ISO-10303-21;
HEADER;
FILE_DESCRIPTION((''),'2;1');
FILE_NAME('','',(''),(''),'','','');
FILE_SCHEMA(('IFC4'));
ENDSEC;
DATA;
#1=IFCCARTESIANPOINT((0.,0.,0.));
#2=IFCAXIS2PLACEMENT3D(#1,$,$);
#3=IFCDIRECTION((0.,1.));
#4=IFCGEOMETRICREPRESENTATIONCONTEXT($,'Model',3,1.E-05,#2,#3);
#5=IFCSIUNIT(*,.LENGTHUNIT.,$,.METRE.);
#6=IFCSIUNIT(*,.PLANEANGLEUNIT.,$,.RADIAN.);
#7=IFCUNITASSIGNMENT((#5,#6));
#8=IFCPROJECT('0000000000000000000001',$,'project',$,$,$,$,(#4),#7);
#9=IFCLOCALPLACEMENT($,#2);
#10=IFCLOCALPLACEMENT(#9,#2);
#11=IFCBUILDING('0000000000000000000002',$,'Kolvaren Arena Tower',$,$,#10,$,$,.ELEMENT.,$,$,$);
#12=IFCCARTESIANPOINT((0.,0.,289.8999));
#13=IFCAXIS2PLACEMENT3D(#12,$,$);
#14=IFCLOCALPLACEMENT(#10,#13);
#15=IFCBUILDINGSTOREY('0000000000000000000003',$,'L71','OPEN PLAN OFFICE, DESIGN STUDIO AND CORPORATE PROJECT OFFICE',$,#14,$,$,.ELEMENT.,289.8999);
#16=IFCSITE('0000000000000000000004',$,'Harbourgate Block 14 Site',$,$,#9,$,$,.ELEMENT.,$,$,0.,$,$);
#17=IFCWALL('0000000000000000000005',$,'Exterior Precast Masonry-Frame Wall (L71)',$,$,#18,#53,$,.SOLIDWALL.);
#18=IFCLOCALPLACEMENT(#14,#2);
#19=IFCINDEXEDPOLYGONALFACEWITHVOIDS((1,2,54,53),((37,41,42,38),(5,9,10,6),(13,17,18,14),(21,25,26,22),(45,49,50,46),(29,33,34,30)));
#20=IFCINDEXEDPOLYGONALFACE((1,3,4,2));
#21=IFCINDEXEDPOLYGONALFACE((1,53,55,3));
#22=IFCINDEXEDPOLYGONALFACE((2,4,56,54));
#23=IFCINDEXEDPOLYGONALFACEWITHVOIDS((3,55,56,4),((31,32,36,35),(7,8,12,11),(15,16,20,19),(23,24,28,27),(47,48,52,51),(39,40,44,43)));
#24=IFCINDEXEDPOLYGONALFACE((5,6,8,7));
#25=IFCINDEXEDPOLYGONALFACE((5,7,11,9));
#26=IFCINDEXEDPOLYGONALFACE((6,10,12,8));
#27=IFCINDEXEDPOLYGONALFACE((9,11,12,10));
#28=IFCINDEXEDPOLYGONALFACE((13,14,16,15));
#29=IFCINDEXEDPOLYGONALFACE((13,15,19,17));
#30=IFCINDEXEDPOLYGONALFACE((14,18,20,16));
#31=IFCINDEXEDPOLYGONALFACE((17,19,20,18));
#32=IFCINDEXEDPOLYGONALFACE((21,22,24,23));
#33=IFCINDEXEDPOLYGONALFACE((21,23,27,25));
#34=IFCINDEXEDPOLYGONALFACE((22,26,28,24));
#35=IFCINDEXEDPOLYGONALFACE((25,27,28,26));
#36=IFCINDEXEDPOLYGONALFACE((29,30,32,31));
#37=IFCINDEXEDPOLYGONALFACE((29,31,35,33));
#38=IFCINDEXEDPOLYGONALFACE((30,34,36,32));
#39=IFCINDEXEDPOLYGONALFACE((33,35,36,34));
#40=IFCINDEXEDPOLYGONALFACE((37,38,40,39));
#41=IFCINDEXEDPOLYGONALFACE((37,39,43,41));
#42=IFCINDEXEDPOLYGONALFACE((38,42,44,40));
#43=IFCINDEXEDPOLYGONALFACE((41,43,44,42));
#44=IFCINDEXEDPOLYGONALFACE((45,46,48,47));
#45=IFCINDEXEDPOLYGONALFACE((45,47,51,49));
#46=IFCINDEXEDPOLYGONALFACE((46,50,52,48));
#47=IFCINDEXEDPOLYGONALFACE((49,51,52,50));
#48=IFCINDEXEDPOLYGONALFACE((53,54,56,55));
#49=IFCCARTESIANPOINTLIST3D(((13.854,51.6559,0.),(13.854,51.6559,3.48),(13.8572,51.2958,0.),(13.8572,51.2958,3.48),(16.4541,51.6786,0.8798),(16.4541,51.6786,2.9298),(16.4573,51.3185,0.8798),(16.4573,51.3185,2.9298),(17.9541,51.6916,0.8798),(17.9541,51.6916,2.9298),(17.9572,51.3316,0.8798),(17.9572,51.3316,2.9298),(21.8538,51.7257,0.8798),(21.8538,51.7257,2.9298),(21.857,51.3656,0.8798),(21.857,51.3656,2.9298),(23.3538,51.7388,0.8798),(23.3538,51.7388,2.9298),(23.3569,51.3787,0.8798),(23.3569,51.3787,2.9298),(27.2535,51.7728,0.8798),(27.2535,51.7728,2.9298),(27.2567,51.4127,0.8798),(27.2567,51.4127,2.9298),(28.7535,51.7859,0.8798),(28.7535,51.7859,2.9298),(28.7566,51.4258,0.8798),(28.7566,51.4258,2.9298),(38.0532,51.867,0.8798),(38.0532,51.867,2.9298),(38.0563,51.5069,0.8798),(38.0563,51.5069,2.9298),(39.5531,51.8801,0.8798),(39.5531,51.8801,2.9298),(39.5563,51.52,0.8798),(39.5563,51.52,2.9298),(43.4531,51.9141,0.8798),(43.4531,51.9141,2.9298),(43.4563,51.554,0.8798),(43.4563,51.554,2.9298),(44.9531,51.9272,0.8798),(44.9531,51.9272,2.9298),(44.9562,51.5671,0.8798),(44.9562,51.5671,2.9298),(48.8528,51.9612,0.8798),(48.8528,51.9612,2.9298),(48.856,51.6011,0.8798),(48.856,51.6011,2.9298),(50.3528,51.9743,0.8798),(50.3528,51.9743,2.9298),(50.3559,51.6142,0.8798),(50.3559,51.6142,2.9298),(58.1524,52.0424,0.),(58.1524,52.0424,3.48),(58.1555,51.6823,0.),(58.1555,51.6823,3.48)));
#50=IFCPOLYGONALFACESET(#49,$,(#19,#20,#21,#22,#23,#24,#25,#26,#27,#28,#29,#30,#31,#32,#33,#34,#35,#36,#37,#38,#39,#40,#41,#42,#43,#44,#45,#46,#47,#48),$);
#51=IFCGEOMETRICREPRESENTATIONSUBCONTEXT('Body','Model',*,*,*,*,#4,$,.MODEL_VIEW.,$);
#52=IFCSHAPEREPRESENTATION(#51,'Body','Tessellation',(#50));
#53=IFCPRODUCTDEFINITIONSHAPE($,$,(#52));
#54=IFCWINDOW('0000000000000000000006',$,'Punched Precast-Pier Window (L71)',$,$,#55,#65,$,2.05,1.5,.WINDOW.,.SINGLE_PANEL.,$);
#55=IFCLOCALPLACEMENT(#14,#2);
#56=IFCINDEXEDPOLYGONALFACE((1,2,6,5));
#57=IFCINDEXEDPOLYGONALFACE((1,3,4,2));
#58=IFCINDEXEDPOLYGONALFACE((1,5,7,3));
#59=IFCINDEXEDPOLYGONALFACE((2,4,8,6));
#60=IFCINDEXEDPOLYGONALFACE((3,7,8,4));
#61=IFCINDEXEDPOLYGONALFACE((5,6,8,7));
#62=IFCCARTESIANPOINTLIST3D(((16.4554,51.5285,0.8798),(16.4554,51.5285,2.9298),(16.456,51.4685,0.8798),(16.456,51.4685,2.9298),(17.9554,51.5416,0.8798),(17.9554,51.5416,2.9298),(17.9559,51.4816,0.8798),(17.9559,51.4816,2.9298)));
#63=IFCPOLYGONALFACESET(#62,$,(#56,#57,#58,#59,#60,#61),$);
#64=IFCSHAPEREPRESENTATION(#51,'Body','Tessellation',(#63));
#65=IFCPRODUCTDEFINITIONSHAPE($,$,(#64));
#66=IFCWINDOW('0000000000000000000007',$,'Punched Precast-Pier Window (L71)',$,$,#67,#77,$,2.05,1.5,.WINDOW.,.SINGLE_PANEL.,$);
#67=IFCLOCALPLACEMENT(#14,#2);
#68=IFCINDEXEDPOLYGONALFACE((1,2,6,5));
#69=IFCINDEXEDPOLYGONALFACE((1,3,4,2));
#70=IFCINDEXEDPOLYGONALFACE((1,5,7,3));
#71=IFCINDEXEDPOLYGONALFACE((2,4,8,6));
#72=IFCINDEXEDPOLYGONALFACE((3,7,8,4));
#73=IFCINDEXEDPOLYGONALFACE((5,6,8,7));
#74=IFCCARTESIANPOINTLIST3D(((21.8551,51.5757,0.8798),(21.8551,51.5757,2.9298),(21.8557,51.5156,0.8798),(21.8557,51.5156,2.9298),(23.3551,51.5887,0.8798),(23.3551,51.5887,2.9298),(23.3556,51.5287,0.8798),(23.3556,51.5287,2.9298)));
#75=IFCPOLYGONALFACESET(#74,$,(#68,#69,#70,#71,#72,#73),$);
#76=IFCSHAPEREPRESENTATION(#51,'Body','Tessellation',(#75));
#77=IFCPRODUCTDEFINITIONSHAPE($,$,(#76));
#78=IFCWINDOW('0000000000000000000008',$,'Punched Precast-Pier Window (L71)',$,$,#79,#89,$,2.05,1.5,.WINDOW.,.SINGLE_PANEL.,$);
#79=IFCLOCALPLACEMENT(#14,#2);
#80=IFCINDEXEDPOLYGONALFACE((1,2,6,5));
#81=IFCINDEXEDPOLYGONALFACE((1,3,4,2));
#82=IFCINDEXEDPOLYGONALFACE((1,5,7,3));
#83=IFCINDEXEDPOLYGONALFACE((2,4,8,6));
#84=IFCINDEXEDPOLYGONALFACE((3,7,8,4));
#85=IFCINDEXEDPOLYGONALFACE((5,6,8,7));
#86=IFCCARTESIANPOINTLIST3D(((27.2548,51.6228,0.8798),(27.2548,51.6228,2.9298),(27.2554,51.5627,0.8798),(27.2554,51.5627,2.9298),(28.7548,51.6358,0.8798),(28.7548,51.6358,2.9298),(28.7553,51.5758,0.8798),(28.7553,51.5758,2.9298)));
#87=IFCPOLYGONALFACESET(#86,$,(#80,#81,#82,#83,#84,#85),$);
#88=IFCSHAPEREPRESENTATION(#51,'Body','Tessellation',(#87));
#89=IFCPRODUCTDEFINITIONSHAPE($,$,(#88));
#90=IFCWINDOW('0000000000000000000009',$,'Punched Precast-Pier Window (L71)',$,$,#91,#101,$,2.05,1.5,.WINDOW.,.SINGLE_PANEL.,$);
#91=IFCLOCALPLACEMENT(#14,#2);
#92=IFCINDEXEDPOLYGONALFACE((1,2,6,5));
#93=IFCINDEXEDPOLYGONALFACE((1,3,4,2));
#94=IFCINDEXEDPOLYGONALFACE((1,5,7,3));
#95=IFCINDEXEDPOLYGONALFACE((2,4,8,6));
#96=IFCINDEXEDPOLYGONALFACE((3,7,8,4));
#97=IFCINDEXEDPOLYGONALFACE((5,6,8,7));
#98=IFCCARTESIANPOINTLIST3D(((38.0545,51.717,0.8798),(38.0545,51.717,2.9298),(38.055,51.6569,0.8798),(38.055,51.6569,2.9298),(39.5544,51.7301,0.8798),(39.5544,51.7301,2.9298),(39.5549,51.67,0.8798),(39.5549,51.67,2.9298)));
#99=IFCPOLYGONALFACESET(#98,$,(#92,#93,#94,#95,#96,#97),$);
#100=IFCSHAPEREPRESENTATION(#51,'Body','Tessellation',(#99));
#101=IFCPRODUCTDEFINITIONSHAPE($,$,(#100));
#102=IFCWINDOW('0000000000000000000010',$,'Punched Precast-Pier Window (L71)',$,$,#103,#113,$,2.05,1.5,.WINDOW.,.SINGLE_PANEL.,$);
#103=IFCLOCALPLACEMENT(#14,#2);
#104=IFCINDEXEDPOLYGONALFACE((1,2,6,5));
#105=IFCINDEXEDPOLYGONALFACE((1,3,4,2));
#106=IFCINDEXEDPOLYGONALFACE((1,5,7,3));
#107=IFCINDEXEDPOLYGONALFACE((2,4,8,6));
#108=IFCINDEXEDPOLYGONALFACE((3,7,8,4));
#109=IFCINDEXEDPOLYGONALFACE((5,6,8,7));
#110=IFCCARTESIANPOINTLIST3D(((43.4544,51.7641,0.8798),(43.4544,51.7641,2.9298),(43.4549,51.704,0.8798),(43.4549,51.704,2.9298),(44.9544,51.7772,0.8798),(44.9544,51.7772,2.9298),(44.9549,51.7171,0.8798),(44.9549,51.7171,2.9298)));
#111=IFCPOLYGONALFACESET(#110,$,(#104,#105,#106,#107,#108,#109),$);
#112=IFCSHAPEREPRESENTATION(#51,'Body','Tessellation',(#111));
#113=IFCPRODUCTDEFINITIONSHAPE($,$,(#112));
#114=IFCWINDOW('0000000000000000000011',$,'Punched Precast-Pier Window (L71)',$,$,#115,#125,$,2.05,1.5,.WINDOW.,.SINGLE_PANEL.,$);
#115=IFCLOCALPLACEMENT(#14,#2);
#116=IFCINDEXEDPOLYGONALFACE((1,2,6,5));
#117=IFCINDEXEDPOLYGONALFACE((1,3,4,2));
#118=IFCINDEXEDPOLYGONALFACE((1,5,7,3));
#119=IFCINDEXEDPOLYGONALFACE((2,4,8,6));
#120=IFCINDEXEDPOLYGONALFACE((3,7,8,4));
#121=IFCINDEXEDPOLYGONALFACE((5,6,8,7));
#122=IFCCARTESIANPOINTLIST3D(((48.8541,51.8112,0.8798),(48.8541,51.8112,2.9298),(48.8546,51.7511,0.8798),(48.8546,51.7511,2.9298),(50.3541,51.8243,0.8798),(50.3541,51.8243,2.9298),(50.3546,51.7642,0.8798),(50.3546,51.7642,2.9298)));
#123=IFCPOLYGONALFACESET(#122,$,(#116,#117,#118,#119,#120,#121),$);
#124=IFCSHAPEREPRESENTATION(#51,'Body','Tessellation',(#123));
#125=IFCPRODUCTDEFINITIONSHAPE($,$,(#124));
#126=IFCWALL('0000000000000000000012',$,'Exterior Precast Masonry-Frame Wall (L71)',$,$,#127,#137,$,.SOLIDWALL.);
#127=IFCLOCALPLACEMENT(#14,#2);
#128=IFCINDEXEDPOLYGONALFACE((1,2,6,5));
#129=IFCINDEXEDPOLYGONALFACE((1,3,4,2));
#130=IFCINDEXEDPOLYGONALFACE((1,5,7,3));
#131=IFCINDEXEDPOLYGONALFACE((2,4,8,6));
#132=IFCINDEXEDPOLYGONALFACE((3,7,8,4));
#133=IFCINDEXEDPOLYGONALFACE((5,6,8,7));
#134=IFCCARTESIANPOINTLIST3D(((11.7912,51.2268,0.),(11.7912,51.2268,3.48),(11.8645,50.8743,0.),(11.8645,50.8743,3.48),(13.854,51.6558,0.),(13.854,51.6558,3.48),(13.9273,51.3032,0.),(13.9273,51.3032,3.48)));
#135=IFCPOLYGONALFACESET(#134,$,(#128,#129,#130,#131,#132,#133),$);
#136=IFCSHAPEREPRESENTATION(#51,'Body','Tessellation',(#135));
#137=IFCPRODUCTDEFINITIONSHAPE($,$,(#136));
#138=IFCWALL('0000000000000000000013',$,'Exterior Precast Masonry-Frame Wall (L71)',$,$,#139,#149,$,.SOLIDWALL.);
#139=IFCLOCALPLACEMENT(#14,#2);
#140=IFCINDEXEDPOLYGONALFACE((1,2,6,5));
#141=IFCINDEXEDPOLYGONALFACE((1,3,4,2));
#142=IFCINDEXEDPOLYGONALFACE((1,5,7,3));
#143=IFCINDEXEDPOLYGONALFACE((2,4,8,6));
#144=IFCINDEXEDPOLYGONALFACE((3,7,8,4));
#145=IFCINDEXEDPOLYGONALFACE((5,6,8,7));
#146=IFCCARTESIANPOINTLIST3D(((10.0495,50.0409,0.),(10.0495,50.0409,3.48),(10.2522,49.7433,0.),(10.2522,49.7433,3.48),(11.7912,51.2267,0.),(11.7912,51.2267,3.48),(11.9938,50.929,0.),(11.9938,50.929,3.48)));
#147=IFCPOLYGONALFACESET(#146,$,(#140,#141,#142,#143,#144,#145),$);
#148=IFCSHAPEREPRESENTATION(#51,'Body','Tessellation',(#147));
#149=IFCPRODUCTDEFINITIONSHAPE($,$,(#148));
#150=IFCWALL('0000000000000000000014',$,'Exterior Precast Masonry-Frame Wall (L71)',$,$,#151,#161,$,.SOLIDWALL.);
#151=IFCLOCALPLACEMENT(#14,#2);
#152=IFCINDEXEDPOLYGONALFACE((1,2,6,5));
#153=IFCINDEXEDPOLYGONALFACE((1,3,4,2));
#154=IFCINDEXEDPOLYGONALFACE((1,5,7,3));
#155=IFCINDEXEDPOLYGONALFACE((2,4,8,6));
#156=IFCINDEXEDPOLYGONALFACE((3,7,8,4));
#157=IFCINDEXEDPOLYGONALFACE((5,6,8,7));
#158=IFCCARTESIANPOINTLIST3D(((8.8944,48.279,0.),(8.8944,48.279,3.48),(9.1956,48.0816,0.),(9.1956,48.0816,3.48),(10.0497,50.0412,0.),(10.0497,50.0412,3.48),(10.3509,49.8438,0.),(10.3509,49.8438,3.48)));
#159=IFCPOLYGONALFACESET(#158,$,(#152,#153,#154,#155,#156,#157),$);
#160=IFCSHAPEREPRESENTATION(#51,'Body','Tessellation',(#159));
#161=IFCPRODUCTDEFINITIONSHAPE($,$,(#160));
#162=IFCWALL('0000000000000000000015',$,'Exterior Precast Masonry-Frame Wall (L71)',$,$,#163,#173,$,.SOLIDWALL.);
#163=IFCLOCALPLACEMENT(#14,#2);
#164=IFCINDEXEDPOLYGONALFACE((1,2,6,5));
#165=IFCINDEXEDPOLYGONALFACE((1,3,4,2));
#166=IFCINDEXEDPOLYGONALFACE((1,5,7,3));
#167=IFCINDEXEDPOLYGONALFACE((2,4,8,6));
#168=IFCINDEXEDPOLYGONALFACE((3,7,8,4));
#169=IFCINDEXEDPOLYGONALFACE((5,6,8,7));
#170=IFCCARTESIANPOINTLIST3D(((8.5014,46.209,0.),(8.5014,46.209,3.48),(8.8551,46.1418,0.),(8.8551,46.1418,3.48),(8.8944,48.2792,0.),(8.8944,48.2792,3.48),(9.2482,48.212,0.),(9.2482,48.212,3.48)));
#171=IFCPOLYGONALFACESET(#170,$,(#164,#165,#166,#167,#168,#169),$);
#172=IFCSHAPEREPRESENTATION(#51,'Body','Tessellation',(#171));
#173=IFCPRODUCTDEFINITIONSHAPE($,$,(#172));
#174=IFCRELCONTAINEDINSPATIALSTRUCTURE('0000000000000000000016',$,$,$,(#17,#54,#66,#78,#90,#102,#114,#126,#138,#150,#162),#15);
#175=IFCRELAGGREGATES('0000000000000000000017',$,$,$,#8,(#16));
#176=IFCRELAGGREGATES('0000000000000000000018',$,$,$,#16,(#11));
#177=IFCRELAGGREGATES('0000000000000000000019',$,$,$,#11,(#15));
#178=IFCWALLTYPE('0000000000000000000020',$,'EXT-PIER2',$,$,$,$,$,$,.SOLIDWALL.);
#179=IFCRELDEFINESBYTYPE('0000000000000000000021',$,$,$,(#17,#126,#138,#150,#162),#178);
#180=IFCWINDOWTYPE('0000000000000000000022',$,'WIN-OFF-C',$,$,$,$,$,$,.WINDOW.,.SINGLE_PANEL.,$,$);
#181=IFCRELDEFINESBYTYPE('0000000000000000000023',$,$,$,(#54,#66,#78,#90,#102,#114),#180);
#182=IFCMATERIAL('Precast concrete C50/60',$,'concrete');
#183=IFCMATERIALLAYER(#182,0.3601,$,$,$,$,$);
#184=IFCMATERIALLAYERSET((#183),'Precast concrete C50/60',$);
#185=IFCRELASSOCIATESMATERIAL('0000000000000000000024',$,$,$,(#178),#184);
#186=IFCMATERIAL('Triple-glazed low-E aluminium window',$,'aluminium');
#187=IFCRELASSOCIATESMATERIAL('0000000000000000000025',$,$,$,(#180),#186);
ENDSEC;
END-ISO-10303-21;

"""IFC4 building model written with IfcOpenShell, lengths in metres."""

from ifc_helpers import new_model, si_unit, direction, frame, frame_2d, origin, place, context, subcontext, project, spatial, rectangle, extrude, material, layer, layer_set, type_object, element, fill, save


model = new_model("IFC4")

# Units and contexts
model_context = context("Model", 3, precision=1e-05, world=origin(), true_north=direction((0.0, 1.0)))
body_context = subcontext(model_context, "Body", "Model", "MODEL_VIEW")
ifc_project = project(units=[si_unit("LENGTHUNIT", "METRE"), si_unit("PLANEANGLEUNIT", "RADIAN")], contexts=[model_context])

# Site, building, storey
site_placement = place(None, origin())
site = spatial("IfcSite", under=ifc_project, at=site_placement, Name="Harbourgate Block 14 Site", CompositionType="ELEMENT", RefElevation=0.0)
building_placement = place(site_placement, origin())
building = spatial("IfcBuilding", under=site, at=building_placement, Name="Kolvaren Arena Tower", CompositionType="ELEMENT")
storey_placement = place(building_placement, frame((0.0, 0.0, 289.8999)))
storey = spatial("IfcBuildingStorey", under=building, at=storey_placement, Name="L71", Description="OPEN PLAN OFFICE, DESIGN STUDIO AND CORPORATE PROJECT OFFICE", CompositionType="ELEMENT", Elevation=289.8999)

# Shared definitions
ifc_material_1 = material(Name="Precast concrete C50/60", Category="concrete")

# Wall, openings, windows
ifc_layer = layer(ifc_material_1, 0.3601)
ifc_layer_set = layer_set([ifc_layer], Name="Precast concrete C50/60")
wall_type = type_object("IfcWallType", Name="EXT-PIER2", PredefinedType="SOLIDWALL", material=ifc_layer_set)
wall_placement = place(storey_placement, frame((13.8557, 51.4758, 0.0), z_axis=(0.0, 0.0, 1.0), x_axis=(0.999962, 0.008724, 0.0)))
wall = element("IfcWall", 1, at=wall_placement, inside=storey, type_object=wall_type, Name="Exterior Precast Masonry-Frame Wall (L71)", PredefinedType="SOLIDWALL", context=body_context, shape_type="SweptSolid", body=[
    extrude(rectangle(XDim=44.3, YDim=0.3601, at=frame_2d((22.1499, 0.0))), origin(), (0.0, 0.0, 1.0), 3.48),
])
opening_1_placement = place(wall_placement, frame((2.6001, 0.0, 0.8799)))
opening_1 = element("IfcOpeningElement", 2, at=opening_1_placement, cuts=wall, PredefinedType="OPENING", context=body_context, shape_type="SweptSolid", body=[
    extrude(rectangle(XDim=1.5, YDim=2.05, at=frame_2d((0.75, 1.0249))), frame((0.0, 0.1899, 0.0), z_axis=(0.0, -1.0, 0.0), x_axis=(1.0, 0.0, 0.0)), (0.0, 0.0, 1.0), 0.3801),
])
opening_2_placement = place(wall_placement, frame((8.0, 0.0, 0.8799)))
opening_2 = element("IfcOpeningElement", 3, at=opening_2_placement, cuts=wall, PredefinedType="OPENING", context=body_context, shape_type="SweptSolid", body=[
    extrude(rectangle(XDim=1.5, YDim=2.05, at=frame_2d((0.75, 1.0249))), frame((0.0, 0.1899, 0.0), z_axis=(0.0, -1.0, 0.0), x_axis=(1.0, 0.0, 0.0)), (0.0, 0.0, 1.0), 0.3801),
])
opening_3_placement = place(wall_placement, frame((13.3999, 0.0, 0.8799)))
opening_3 = element("IfcOpeningElement", 4, at=opening_3_placement, cuts=wall, PredefinedType="OPENING", context=body_context, shape_type="SweptSolid", body=[
    extrude(rectangle(XDim=1.5, YDim=2.05, at=frame_2d((0.75, 1.0249))), frame((0.0, 0.1899, 0.0), z_axis=(0.0, -1.0, 0.0), x_axis=(1.0, 0.0, 0.0)), (0.0, 0.0, 1.0), 0.3801),
])
opening_4_placement = place(wall_placement, frame((24.2, 0.0, 0.8799)))
opening_4 = element("IfcOpeningElement", 5, at=opening_4_placement, cuts=wall, PredefinedType="OPENING", context=body_context, shape_type="SweptSolid", body=[
    extrude(rectangle(XDim=1.5, YDim=2.05, at=frame_2d((0.75, 1.0249))), frame((0.0, 0.1899, 0.0), z_axis=(0.0, -1.0, 0.0), x_axis=(1.0, 0.0, 0.0)), (0.0, 0.0, 1.0), 0.3801),
])
opening_5_placement = place(wall_placement, frame((29.6001, 0.0, 0.8799)))
opening_5 = element("IfcOpeningElement", 6, at=opening_5_placement, cuts=wall, PredefinedType="OPENING", context=body_context, shape_type="SweptSolid", body=[
    extrude(rectangle(XDim=1.5, YDim=2.05, at=frame_2d((0.75, 1.0249))), frame((0.0, 0.1899, 0.0), z_axis=(0.0, -1.0, 0.0), x_axis=(1.0, 0.0, 0.0)), (0.0, 0.0, 1.0), 0.3801),
])
opening_6_placement = place(wall_placement, frame((35.0, 0.0, 0.8799)))
opening_6 = element("IfcOpeningElement", 7, at=opening_6_placement, cuts=wall, PredefinedType="OPENING", context=body_context, shape_type="SweptSolid", body=[
    extrude(rectangle(XDim=1.5, YDim=2.05, at=frame_2d((0.75, 1.0249))), frame((0.0, 0.1899, 0.0), z_axis=(0.0, -1.0, 0.0), x_axis=(1.0, 0.0, 0.0)), (0.0, 0.0, 1.0), 0.3801),
])
ifc_material_2 = material(Name="Triple-glazed low-E aluminium window", Category="aluminium")
window_type = type_object("IfcWindowType", Name="WIN-OFF-C", PartitioningType="SINGLE_PANEL", PredefinedType="WINDOW", material=ifc_material_2)
window_1_placement = place(opening_1_placement, origin())
window_1 = element("IfcWindow", 8, at=window_1_placement, inside=storey, type_object=window_type, Name="Punched Precast-Pier Window (L71)", OverallHeight=2.05, OverallWidth=1.5, PartitioningType="SINGLE_PANEL", PredefinedType="WINDOW", context=body_context, shape_type="SweptSolid", body=[
    extrude(rectangle(XDim=1.5, YDim=2.05, at=frame_2d((0.75, 1.0249))), frame((0.0, 0.03, 0.0), z_axis=(0.0, -1.0, 0.0), x_axis=(1.0, 0.0, 0.0)), (0.0, 0.0, 1.0), 0.0601),
])
fill(opening_1, window_1)
window_2_placement = place(opening_2_placement, origin())
window_2 = element("IfcWindow", 9, at=window_2_placement, inside=storey, type_object=window_type, Name="Punched Precast-Pier Window (L71)", OverallHeight=2.05, OverallWidth=1.5, PartitioningType="SINGLE_PANEL", PredefinedType="WINDOW", context=body_context, shape_type="SweptSolid", body=[
    extrude(rectangle(XDim=1.5, YDim=2.05, at=frame_2d((0.75, 1.0249))), frame((0.0, 0.03, 0.0), z_axis=(0.0, -1.0, 0.0), x_axis=(1.0, 0.0, 0.0)), (0.0, 0.0, 1.0), 0.0601),
])
fill(opening_2, window_2)
window_3_placement = place(opening_3_placement, origin())
window_3 = element("IfcWindow", 10, at=window_3_placement, inside=storey, type_object=window_type, Name="Punched Precast-Pier Window (L71)", OverallHeight=2.05, OverallWidth=1.5, PartitioningType="SINGLE_PANEL", PredefinedType="WINDOW", context=body_context, shape_type="SweptSolid", body=[
    extrude(rectangle(XDim=1.5, YDim=2.05, at=frame_2d((0.75, 1.0249))), frame((0.0, 0.03, 0.0), z_axis=(0.0, -1.0, 0.0), x_axis=(1.0, 0.0, 0.0)), (0.0, 0.0, 1.0), 0.0601),
])
fill(opening_3, window_3)
window_4_placement = place(opening_4_placement, origin())
window_4 = element("IfcWindow", 11, at=window_4_placement, inside=storey, type_object=window_type, Name="Punched Precast-Pier Window (L71)", OverallHeight=2.05, OverallWidth=1.5, PartitioningType="SINGLE_PANEL", PredefinedType="WINDOW", context=body_context, shape_type="SweptSolid", body=[
    extrude(rectangle(XDim=1.5, YDim=2.05, at=frame_2d((0.75, 1.0249))), frame((0.0, 0.03, 0.0), z_axis=(0.0, -1.0, 0.0), x_axis=(1.0, 0.0, 0.0)), (0.0, 0.0, 1.0), 0.0601),
])
fill(opening_4, window_4)
window_5_placement = place(opening_5_placement, origin())
window_5 = element("IfcWindow", 12, at=window_5_placement, inside=storey, type_object=window_type, Name="Punched Precast-Pier Window (L71)", OverallHeight=2.05, OverallWidth=1.5, PartitioningType="SINGLE_PANEL", PredefinedType="WINDOW", context=body_context, shape_type="SweptSolid", body=[
    extrude(rectangle(XDim=1.5, YDim=2.05, at=frame_2d((0.75, 1.0249))), frame((0.0, 0.03, 0.0), z_axis=(0.0, -1.0, 0.0), x_axis=(1.0, 0.0, 0.0)), (0.0, 0.0, 1.0), 0.0601),
])
fill(opening_5, window_5)
window_6_placement = place(opening_6_placement, origin())
window_6 = element("IfcWindow", 13, at=window_6_placement, inside=storey, type_object=window_type, Name="Punched Precast-Pier Window (L71)", OverallHeight=2.05, OverallWidth=1.5, PartitioningType="SINGLE_PANEL", PredefinedType="WINDOW", context=body_context, shape_type="SweptSolid", body=[
    extrude(rectangle(XDim=1.5, YDim=2.05, at=frame_2d((0.75, 1.0249))), frame((0.0, 0.03, 0.0), z_axis=(0.0, -1.0, 0.0), x_axis=(1.0, 0.0, 0.0)), (0.0, 0.0, 1.0), 0.0601),
])
fill(opening_6, window_6)

# Walls
for number, where, z_axis, x_axis, name in (
    (14, (11.8279, 51.0505, 0.0), (0.0, 0.0, 1.0), (0.979055, 0.203598, 0.0), "Exterior Precast Masonry-Frame Wall (L71)"),
    (15, (10.1509, 49.8921, 0.0), (0.0, 0.0, 1.0), (0.82661, 0.562776, 0.0), "Exterior Precast Masonry-Frame Wall (L71)"),
):
    element("IfcWall", number, at=place(storey_placement, frame(where, z_axis=z_axis, x_axis=x_axis)), inside=storey, type_object=wall_type, Name=name, PredefinedType="SOLIDWALL", context=body_context, shape_type="SweptSolid", body=[
        extrude(rectangle(XDim=2.1069, YDim=0.3601, at=frame_2d((1.0535, 0.0))), origin(), (0.0, 0.0, 1.0), 3.48),
    ])
for number, where, z_axis, x_axis, name in (
    (16, (9.0449, 48.1802, 0.0), (0.0, 0.0, 1.0), (0.548267, 0.836304, 0.0), "Exterior Precast Masonry-Frame Wall (L71)"),
    (17, (8.6782, 46.1753, 0.0), (0.0, 0.0, 1.0), (0.186548, 0.982446, 0.0), "Exterior Precast Masonry-Frame Wall (L71)"),
):
    element("IfcWall", number, at=place(storey_placement, frame(where, z_axis=z_axis, x_axis=x_axis)), inside=storey, type_object=wall_type, Name=name, PredefinedType="SOLIDWALL", context=body_context, shape_type="SweptSolid", body=[
        extrude(rectangle(XDim=2.1072, YDim=0.3601, at=frame_2d((1.0537, 0.0))), origin(), (0.0, 0.0, 1.0), 3.48),
    ])

save(model, "model.ifc")
